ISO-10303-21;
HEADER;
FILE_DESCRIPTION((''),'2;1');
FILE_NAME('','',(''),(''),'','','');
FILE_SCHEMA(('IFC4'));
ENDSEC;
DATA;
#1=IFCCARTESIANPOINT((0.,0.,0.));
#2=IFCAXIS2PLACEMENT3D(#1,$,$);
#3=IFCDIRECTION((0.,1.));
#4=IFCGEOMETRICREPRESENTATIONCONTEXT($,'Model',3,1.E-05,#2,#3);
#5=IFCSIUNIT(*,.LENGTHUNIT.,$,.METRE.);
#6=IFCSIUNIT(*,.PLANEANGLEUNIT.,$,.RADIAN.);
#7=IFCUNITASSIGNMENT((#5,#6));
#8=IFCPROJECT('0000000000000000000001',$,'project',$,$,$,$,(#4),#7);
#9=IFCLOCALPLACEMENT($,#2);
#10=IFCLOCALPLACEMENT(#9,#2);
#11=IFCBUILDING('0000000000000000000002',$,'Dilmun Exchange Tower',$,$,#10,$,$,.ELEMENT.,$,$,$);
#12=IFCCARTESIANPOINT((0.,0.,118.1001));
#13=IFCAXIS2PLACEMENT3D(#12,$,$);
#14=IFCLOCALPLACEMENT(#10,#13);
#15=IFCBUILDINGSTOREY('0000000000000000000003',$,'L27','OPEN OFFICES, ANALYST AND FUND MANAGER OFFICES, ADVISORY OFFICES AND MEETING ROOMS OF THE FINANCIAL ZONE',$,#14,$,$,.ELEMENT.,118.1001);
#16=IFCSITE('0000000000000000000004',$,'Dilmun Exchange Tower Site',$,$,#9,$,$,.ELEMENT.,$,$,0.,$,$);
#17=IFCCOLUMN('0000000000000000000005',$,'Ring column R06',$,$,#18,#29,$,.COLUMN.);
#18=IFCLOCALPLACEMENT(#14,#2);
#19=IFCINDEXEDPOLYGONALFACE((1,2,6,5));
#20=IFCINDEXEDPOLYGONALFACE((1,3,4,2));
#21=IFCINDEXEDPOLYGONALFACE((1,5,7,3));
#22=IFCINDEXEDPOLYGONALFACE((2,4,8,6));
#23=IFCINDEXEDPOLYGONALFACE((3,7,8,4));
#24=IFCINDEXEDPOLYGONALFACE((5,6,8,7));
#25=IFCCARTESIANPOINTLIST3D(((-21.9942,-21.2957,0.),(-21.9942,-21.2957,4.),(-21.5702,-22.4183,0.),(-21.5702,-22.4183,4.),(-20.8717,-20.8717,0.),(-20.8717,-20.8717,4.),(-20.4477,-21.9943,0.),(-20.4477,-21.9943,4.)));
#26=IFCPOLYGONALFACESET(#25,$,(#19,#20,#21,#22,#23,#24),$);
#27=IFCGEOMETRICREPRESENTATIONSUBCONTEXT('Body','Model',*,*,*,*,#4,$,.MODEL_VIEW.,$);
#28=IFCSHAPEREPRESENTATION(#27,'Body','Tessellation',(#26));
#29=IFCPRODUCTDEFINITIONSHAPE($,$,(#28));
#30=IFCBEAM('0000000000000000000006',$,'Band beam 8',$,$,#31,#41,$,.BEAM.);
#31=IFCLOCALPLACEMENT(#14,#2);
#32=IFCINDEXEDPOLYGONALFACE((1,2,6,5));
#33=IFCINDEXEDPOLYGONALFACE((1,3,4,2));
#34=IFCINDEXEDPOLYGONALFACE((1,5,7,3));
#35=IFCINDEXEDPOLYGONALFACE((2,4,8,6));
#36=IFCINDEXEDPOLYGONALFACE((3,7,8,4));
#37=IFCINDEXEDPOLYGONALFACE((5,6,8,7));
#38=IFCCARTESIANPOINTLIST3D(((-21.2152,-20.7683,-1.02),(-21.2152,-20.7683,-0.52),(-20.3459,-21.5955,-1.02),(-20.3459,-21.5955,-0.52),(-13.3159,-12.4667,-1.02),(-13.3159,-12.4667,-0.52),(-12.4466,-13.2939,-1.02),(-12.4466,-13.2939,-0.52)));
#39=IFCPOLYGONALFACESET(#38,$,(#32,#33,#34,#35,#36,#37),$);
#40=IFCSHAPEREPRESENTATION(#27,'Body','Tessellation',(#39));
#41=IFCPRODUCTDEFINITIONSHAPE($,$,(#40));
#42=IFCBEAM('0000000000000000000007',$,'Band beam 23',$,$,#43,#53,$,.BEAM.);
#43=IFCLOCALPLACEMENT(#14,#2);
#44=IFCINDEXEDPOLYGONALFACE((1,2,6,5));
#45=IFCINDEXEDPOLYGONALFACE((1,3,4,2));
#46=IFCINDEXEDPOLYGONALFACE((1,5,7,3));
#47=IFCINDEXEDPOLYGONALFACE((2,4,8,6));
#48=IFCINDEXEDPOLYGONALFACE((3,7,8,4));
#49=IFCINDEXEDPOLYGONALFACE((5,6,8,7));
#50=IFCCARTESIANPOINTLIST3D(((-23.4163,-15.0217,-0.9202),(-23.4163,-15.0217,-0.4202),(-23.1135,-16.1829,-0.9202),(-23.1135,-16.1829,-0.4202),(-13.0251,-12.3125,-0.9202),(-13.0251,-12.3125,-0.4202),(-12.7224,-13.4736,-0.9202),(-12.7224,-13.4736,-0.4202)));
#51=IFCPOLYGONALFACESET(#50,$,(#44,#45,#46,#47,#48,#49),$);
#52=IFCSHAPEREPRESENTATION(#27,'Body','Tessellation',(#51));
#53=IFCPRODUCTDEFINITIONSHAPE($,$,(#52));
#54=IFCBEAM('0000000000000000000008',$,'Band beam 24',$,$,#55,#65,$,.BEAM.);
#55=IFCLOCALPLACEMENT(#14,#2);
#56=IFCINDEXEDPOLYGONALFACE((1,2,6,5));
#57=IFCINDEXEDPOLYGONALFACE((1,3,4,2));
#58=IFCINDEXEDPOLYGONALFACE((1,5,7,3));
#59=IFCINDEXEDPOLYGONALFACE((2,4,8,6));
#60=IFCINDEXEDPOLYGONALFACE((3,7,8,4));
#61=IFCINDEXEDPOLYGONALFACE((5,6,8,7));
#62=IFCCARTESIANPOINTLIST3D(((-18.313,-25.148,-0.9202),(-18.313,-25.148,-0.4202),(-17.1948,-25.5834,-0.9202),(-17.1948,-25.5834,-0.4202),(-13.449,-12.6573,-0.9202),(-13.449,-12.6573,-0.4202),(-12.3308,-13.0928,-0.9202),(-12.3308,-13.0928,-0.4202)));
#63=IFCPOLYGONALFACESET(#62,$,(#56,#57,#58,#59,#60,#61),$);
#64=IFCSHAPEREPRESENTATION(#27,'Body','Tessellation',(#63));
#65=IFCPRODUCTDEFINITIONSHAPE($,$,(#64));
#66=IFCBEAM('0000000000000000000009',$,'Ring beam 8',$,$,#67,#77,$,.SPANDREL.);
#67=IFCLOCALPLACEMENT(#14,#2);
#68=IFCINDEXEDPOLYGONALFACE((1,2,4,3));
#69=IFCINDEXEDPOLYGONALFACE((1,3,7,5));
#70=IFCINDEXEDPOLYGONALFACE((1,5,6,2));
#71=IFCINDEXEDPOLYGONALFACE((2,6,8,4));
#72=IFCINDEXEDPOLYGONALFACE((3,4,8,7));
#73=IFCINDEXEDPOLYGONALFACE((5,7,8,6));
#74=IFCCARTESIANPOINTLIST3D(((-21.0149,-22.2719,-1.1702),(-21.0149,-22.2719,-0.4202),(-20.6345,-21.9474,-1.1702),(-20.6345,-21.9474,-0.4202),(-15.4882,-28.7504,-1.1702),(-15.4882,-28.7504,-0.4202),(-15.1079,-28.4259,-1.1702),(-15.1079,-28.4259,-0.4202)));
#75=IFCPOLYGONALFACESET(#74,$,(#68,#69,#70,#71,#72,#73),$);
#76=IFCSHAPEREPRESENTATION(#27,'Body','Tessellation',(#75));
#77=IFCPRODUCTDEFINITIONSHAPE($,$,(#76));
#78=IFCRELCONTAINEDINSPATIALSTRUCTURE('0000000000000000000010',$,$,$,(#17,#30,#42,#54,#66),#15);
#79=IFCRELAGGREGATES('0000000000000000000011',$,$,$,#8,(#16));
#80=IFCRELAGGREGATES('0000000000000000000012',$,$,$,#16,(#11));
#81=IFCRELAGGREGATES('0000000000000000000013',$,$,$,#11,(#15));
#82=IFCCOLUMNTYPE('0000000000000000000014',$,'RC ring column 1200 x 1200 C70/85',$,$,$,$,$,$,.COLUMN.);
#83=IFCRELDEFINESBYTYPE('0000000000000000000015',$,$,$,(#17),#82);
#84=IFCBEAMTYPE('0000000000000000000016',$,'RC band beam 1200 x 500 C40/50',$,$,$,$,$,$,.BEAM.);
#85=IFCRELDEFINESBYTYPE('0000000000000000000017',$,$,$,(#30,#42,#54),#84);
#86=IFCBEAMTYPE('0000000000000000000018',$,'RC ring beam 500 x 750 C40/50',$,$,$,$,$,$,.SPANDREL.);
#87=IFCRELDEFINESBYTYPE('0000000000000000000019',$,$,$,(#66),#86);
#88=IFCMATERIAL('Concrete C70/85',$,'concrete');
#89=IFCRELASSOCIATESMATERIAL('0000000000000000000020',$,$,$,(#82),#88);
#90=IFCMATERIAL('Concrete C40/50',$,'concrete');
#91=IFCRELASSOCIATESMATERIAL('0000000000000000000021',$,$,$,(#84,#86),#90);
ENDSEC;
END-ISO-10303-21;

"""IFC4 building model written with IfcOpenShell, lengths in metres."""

from ifc_helpers import new_model, si_unit, direction, frame, origin, origin_2d, place, context, subcontext, project, spatial, rectangle, extrude, material, material_profile, profile_set, type_object, element, save


model = new_model("IFC4")

# Units and contexts
model_context = context("Model", 3, precision=1e-05, world=origin(), true_north=direction((0.0, 1.0)))
body_context = subcontext(model_context, "Body", "Model", "MODEL_VIEW")
ifc_project = project(units=[si_unit("LENGTHUNIT", "METRE"), si_unit("PLANEANGLEUNIT", "RADIAN")], contexts=[model_context])

# Site, building, storey
site_placement = place(None, origin())
site = spatial("IfcSite", under=ifc_project, at=site_placement, Name="Dilmun Exchange Tower Site", CompositionType="ELEMENT", RefElevation=0.0)
building_placement = place(site_placement, origin())
building = spatial("IfcBuilding", under=site, at=building_placement, Name="Dilmun Exchange Tower", CompositionType="ELEMENT")
storey_placement = place(building_placement, frame((0.0, 0.0, 118.1001)))
storey = spatial("IfcBuildingStorey", under=building, at=storey_placement, Name="L27", Description="OPEN OFFICES, ANALYST AND FUND MANAGER OFFICES, ADVISORY OFFICES AND MEETING ROOMS OF THE FINANCIAL ZONE", CompositionType="ELEMENT", Elevation=118.1001)

# Column
ifc_material_1 = material(Name="Concrete C70/85", Category="concrete")
ifc_material_profile_1 = material_profile(ifc_material_1, rectangle(XDim=1.2, YDim=1.2, at=origin_2d()), Name="1200 x 1200")
ifc_profile_set_1 = profile_set([ifc_material_profile_1], Name="Concrete C70/85")
column_type = type_object("IfcColumnType", Name="RC ring column 1200 x 1200 C70/85", PredefinedType="COLUMN", material=ifc_profile_set_1)
column_placement = place(storey_placement, frame((-21.2209, -21.645, 0.0), z_axis=(0.0, 0.0, 1.0), x_axis=(0.935492, 0.353349, 0.0)))
element("IfcColumn", 1, at=column_placement, inside=storey, type_object=column_type, Name="Ring column R06", PredefinedType="COLUMN", context=body_context, shape_type="SweptSolid", body=[
    extrude(rectangle(XDim=1.2, YDim=1.2, at=origin_2d()), origin(), (0.0, 0.0, 1.0), 4.0),
])

# Beams
ifc_material_2 = material(Name="Concrete C40/50", Category="concrete")
ifc_material_profile_2 = material_profile(ifc_material_2, rectangle(XDim=1.2, YDim=0.5, at=origin_2d()), Name="1200 x 500")
ifc_profile_set_2 = profile_set([ifc_material_profile_2], Name="Concrete C40/50")
beam_type_1 = type_object("IfcBeamType", Name="RC band beam 1200 x 500 C40/50", PredefinedType="BEAM", material=ifc_profile_set_2)
beam_1_placement = place(storey_placement, frame((-20.7805, -21.1819, -0.77), z_axis=(0.689333, 0.724444, 0.0), x_axis=(-0.724444, 0.689333, 0.0)))
element("IfcBeam", 2, at=beam_1_placement, inside=storey, type_object=beam_type_1, Name="Band beam 8", PredefinedType="BEAM", context=body_context, shape_type="SweptSolid", body=[
    extrude(rectangle(XDim=1.2, YDim=0.5, at=origin_2d()), origin(), (0.0, 0.0, 1.0), 11.4592),
])
beam_2_placement = place(storey_placement, frame((-23.2649, -15.6023, -0.6702), z_axis=(0.967651, 0.252291, 0.0), x_axis=(-0.252291, 0.967651, 0.0)))
element("IfcBeam", 3, at=beam_2_placement, inside=storey, type_object=beam_type_1, Name="Band beam 23", PredefinedType="BEAM", context=body_context, shape_type="SweptSolid", body=[
    extrude(rectangle(XDim=1.2, YDim=0.5, at=origin_2d()), origin(), (0.0, 0.0, 1.0), 10.7385),
])
beam_3_placement = place(storey_placement, frame((-17.7539, -25.3657, -0.6702), z_axis=(0.362868, 0.931841, 0.0), x_axis=(-0.931841, 0.362868, 0.0)))
element("IfcBeam", 4, at=beam_3_placement, inside=storey, type_object=beam_type_1, Name="Band beam 24", PredefinedType="BEAM", context=body_context, shape_type="SweptSolid", body=[
    extrude(rectangle(XDim=1.2, YDim=0.5, at=origin_2d()), origin(), (0.0, 0.0, 1.0), 13.4043),
])
ifc_material_profile_3 = material_profile(ifc_material_2, rectangle(XDim=0.5, YDim=0.75, at=origin_2d()), Name="500 x 750")
ifc_profile_set_3 = profile_set([ifc_material_profile_3], Name="Concrete C40/50")
beam_type_2 = type_object("IfcBeamType", Name="RC ring beam 500 x 750 C40/50", PredefinedType="SPANDREL", material=ifc_profile_set_3)
beam_4_placement = place(storey_placement, frame((-20.8247, -22.1096, -0.7952), z_axis=(0.649002, -0.760786, 0.0), x_axis=(0.760786, 0.649002, 0.0)))
element("IfcBeam", 5, at=beam_4_placement, inside=storey, type_object=beam_type_2, Name="Ring beam 8", PredefinedType="SPANDREL", context=body_context, shape_type="SweptSolid", body=[
    extrude(rectangle(XDim=0.5, YDim=0.75, at=origin_2d()), origin(), (0.0, 0.0, 1.0), 8.5156),
])

save(model, "model.ifc")
